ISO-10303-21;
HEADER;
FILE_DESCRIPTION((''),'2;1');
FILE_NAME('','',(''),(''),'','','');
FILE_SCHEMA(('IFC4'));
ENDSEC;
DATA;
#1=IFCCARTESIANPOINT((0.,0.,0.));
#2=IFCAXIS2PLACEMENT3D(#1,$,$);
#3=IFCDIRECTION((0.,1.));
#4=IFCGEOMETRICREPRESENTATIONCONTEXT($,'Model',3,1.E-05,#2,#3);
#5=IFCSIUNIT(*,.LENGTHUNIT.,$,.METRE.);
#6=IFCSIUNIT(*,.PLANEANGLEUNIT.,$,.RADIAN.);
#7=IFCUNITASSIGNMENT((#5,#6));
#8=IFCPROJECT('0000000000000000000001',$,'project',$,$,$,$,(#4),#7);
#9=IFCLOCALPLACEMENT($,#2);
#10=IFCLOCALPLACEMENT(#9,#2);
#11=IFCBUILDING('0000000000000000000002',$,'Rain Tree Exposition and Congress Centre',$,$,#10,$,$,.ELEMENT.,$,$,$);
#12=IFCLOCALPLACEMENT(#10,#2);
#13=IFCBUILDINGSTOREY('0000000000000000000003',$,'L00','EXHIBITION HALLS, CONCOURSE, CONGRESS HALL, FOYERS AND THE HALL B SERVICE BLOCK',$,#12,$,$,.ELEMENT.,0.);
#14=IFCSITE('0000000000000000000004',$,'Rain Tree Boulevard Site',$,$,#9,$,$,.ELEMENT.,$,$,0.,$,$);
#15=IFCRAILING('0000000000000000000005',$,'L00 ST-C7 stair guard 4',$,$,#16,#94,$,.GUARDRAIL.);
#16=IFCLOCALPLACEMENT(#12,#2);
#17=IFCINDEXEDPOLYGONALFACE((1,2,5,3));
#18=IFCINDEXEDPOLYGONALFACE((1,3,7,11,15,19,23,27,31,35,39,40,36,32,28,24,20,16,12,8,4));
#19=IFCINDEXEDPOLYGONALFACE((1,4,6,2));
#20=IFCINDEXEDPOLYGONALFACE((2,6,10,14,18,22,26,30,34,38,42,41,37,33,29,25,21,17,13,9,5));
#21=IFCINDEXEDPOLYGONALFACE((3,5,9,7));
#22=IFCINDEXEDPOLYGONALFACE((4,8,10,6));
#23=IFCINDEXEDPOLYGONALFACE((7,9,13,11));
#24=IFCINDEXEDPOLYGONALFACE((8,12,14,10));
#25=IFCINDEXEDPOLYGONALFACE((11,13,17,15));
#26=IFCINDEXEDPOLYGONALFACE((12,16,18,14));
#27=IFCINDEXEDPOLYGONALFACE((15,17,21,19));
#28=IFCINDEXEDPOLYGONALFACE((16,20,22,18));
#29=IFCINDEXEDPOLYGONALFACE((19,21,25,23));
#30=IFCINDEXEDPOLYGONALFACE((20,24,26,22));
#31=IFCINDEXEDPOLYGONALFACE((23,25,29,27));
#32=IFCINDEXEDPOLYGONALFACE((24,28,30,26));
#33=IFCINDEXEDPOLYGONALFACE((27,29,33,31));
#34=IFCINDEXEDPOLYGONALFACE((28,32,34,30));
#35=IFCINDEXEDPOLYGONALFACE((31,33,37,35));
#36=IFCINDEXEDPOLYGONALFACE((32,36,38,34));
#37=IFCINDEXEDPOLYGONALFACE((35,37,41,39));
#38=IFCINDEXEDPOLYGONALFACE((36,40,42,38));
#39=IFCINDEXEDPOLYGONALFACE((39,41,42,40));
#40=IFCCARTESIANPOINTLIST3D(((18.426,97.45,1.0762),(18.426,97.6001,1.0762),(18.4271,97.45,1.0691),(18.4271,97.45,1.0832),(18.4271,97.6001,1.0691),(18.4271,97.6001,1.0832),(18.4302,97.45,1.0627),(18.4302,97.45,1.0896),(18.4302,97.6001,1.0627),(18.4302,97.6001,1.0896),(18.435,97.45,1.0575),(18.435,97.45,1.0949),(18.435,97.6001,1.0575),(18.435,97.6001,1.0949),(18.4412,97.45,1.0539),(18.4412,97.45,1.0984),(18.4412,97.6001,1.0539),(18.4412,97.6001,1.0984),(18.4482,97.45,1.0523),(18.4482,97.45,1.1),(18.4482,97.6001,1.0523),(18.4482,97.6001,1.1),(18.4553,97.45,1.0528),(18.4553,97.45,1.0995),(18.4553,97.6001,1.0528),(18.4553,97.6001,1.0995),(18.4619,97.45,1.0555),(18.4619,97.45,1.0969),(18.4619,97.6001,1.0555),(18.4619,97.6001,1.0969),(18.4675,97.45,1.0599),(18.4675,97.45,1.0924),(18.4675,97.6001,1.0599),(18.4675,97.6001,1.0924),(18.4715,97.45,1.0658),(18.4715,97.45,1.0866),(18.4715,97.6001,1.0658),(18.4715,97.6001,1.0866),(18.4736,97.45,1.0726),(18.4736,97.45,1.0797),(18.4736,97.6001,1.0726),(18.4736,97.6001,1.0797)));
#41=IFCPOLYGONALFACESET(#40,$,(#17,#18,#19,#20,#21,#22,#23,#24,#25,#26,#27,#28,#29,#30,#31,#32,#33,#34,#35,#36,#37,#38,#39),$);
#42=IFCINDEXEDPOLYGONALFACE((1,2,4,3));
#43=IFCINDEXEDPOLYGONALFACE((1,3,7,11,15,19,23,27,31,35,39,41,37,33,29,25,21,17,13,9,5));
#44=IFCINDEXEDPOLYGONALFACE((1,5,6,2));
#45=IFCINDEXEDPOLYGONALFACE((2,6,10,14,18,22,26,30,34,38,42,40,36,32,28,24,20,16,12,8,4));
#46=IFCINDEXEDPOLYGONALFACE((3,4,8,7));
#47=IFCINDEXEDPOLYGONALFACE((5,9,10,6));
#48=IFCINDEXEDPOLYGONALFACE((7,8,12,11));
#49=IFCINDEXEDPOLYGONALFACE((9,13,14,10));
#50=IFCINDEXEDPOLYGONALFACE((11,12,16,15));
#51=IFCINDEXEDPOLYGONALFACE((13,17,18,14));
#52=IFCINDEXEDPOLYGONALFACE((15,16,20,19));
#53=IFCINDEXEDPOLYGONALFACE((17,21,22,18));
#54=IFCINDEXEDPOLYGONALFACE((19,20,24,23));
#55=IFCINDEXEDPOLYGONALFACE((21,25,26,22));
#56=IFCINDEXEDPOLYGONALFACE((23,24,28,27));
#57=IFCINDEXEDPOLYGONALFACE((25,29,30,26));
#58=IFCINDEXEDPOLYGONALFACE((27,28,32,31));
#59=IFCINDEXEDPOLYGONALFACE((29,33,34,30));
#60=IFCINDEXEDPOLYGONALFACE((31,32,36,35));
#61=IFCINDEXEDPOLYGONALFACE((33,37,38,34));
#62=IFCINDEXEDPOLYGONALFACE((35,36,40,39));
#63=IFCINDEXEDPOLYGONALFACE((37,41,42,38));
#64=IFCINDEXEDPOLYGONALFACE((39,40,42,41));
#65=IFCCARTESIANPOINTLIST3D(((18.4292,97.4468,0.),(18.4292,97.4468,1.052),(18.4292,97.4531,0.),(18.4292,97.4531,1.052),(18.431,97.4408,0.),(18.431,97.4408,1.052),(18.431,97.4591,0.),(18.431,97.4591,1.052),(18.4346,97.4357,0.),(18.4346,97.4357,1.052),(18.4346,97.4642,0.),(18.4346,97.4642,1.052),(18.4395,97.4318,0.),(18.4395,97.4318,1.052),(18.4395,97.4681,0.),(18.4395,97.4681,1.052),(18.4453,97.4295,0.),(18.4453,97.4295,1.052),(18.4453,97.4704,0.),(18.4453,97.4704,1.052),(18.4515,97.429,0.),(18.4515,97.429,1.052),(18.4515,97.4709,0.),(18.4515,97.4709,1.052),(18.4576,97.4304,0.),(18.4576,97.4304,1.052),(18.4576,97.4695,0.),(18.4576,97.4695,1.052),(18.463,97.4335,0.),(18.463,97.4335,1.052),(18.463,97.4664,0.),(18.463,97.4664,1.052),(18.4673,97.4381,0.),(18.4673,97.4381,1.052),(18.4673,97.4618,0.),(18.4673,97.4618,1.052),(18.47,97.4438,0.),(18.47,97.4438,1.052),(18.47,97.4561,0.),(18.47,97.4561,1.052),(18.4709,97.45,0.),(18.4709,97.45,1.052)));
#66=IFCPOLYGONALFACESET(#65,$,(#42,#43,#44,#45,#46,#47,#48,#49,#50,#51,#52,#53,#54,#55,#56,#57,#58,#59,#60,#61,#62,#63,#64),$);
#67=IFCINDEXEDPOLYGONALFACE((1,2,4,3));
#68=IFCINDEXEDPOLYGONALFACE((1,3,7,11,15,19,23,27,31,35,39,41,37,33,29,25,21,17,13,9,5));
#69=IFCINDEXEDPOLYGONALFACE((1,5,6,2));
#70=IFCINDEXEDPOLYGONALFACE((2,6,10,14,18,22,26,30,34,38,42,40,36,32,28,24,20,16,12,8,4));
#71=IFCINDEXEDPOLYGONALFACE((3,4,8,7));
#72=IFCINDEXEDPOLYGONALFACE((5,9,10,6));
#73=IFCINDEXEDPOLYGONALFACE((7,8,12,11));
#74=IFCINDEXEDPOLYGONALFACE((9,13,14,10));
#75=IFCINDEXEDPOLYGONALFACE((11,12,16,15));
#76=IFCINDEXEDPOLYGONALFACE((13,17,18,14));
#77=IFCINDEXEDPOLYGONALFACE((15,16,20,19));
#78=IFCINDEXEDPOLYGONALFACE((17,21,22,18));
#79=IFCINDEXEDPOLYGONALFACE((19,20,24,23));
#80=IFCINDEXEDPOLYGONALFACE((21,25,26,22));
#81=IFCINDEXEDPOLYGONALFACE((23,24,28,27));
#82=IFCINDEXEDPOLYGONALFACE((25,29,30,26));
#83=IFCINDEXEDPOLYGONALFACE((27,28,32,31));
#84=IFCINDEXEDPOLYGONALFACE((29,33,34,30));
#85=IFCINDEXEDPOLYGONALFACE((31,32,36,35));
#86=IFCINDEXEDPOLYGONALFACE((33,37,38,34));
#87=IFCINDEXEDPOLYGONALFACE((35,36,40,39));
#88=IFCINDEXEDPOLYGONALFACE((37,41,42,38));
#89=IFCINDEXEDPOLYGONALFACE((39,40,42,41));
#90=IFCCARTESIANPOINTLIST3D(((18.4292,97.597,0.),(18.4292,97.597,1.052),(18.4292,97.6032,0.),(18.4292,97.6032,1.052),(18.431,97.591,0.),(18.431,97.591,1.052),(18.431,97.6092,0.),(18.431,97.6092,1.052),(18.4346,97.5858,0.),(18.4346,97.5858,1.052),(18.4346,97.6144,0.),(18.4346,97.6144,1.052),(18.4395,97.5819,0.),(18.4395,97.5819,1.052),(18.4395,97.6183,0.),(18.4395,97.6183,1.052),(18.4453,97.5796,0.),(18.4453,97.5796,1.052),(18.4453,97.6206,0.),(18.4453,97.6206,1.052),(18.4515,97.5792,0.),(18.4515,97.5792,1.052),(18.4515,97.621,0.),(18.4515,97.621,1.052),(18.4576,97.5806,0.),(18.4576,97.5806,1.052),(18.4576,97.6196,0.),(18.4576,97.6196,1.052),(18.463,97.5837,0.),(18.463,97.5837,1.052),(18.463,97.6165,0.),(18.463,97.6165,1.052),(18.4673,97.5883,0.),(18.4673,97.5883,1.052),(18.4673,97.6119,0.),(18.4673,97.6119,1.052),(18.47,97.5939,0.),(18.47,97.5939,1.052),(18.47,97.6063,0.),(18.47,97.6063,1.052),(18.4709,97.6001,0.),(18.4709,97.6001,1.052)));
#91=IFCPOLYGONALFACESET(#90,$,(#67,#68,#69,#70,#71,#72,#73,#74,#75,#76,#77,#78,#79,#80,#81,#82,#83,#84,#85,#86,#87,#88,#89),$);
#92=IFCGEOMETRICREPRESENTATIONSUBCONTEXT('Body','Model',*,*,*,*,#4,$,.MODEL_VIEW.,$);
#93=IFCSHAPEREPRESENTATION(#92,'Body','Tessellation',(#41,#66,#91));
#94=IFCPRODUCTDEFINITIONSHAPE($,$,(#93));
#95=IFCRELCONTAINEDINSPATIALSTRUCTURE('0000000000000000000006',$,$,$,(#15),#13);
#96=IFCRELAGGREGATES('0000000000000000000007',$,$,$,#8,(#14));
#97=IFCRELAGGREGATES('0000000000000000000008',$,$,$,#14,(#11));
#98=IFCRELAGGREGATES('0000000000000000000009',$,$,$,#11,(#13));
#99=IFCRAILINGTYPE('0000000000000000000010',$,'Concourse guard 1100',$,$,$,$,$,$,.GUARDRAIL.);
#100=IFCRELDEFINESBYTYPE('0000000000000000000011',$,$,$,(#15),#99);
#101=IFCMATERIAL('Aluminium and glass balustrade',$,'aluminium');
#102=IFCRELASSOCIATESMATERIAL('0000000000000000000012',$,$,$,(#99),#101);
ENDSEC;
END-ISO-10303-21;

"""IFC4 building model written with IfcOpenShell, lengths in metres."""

from ifc_helpers import new_model, si_unit, direction, frame, origin, origin_2d, place, context, subcontext, project, spatial, circle, extrude, material, type_object, element, save


model = new_model("IFC4")

# Units and contexts
model_context = context("Model", 3, precision=1e-05, world=origin(), true_north=direction((0.0, 1.0)))
body_context = subcontext(model_context, "Body", "Model", "MODEL_VIEW")
ifc_project = project(units=[si_unit("LENGTHUNIT", "METRE"), si_unit("PLANEANGLEUNIT", "RADIAN")], contexts=[model_context])

# Site, building, storey
site_placement = place(None, origin())
site = spatial("IfcSite", under=ifc_project, at=site_placement, Name="Rain Tree Boulevard Site", CompositionType="ELEMENT", RefElevation=0.0)
building_placement = place(site_placement, origin())
building = spatial("IfcBuilding", under=site, at=building_placement, Name="Rain Tree Exposition and Congress Centre", CompositionType="ELEMENT")
storey_placement = place(building_placement, origin())
storey = spatial("IfcBuildingStorey", under=building, at=storey_placement, Name="L00", Description="EXHIBITION HALLS, CONCOURSE, CONGRESS HALL, FOYERS AND THE HALL B SERVICE BLOCK", CompositionType="ELEMENT", Elevation=0.0)

# Railing
ifc_material_1 = material(Name="Aluminium and glass balustrade", Category="aluminium")
railing_type_1 = type_object("IfcRailingType", Name="Concourse guard 1100", PredefinedType="GUARDRAIL", material=ifc_material_1)
railing_1_placement = place(storey_placement, frame((18.45, 97.45, 0.0)))
element("IfcRailing", 1, at=railing_1_placement, inside=storey, type_object=railing_type_1, Name="L00 ST-C7 stair guard 4", PredefinedType="GUARDRAIL", context=body_context, shape_type="SweptSolid", body=[
    extrude(circle(Radius=0.0239, at=origin_2d()), frame((0.0, 0.0, 1.0762), z_axis=(0.0, 1.0, 0.0), x_axis=(-1.0, 0.0, 0.0)), (0.0, 0.0, 1.0), 0.1501),
    extrude(circle(Radius=0.021, at=origin_2d()), origin(), (0.0, 0.0, 1.0), 1.052),
    extrude(circle(Radius=0.021, at=origin_2d()), frame((0.0, 0.1501, 0.0)), (0.0, 0.0, 1.0), 1.052),
])

save(model, "model.ifc")
